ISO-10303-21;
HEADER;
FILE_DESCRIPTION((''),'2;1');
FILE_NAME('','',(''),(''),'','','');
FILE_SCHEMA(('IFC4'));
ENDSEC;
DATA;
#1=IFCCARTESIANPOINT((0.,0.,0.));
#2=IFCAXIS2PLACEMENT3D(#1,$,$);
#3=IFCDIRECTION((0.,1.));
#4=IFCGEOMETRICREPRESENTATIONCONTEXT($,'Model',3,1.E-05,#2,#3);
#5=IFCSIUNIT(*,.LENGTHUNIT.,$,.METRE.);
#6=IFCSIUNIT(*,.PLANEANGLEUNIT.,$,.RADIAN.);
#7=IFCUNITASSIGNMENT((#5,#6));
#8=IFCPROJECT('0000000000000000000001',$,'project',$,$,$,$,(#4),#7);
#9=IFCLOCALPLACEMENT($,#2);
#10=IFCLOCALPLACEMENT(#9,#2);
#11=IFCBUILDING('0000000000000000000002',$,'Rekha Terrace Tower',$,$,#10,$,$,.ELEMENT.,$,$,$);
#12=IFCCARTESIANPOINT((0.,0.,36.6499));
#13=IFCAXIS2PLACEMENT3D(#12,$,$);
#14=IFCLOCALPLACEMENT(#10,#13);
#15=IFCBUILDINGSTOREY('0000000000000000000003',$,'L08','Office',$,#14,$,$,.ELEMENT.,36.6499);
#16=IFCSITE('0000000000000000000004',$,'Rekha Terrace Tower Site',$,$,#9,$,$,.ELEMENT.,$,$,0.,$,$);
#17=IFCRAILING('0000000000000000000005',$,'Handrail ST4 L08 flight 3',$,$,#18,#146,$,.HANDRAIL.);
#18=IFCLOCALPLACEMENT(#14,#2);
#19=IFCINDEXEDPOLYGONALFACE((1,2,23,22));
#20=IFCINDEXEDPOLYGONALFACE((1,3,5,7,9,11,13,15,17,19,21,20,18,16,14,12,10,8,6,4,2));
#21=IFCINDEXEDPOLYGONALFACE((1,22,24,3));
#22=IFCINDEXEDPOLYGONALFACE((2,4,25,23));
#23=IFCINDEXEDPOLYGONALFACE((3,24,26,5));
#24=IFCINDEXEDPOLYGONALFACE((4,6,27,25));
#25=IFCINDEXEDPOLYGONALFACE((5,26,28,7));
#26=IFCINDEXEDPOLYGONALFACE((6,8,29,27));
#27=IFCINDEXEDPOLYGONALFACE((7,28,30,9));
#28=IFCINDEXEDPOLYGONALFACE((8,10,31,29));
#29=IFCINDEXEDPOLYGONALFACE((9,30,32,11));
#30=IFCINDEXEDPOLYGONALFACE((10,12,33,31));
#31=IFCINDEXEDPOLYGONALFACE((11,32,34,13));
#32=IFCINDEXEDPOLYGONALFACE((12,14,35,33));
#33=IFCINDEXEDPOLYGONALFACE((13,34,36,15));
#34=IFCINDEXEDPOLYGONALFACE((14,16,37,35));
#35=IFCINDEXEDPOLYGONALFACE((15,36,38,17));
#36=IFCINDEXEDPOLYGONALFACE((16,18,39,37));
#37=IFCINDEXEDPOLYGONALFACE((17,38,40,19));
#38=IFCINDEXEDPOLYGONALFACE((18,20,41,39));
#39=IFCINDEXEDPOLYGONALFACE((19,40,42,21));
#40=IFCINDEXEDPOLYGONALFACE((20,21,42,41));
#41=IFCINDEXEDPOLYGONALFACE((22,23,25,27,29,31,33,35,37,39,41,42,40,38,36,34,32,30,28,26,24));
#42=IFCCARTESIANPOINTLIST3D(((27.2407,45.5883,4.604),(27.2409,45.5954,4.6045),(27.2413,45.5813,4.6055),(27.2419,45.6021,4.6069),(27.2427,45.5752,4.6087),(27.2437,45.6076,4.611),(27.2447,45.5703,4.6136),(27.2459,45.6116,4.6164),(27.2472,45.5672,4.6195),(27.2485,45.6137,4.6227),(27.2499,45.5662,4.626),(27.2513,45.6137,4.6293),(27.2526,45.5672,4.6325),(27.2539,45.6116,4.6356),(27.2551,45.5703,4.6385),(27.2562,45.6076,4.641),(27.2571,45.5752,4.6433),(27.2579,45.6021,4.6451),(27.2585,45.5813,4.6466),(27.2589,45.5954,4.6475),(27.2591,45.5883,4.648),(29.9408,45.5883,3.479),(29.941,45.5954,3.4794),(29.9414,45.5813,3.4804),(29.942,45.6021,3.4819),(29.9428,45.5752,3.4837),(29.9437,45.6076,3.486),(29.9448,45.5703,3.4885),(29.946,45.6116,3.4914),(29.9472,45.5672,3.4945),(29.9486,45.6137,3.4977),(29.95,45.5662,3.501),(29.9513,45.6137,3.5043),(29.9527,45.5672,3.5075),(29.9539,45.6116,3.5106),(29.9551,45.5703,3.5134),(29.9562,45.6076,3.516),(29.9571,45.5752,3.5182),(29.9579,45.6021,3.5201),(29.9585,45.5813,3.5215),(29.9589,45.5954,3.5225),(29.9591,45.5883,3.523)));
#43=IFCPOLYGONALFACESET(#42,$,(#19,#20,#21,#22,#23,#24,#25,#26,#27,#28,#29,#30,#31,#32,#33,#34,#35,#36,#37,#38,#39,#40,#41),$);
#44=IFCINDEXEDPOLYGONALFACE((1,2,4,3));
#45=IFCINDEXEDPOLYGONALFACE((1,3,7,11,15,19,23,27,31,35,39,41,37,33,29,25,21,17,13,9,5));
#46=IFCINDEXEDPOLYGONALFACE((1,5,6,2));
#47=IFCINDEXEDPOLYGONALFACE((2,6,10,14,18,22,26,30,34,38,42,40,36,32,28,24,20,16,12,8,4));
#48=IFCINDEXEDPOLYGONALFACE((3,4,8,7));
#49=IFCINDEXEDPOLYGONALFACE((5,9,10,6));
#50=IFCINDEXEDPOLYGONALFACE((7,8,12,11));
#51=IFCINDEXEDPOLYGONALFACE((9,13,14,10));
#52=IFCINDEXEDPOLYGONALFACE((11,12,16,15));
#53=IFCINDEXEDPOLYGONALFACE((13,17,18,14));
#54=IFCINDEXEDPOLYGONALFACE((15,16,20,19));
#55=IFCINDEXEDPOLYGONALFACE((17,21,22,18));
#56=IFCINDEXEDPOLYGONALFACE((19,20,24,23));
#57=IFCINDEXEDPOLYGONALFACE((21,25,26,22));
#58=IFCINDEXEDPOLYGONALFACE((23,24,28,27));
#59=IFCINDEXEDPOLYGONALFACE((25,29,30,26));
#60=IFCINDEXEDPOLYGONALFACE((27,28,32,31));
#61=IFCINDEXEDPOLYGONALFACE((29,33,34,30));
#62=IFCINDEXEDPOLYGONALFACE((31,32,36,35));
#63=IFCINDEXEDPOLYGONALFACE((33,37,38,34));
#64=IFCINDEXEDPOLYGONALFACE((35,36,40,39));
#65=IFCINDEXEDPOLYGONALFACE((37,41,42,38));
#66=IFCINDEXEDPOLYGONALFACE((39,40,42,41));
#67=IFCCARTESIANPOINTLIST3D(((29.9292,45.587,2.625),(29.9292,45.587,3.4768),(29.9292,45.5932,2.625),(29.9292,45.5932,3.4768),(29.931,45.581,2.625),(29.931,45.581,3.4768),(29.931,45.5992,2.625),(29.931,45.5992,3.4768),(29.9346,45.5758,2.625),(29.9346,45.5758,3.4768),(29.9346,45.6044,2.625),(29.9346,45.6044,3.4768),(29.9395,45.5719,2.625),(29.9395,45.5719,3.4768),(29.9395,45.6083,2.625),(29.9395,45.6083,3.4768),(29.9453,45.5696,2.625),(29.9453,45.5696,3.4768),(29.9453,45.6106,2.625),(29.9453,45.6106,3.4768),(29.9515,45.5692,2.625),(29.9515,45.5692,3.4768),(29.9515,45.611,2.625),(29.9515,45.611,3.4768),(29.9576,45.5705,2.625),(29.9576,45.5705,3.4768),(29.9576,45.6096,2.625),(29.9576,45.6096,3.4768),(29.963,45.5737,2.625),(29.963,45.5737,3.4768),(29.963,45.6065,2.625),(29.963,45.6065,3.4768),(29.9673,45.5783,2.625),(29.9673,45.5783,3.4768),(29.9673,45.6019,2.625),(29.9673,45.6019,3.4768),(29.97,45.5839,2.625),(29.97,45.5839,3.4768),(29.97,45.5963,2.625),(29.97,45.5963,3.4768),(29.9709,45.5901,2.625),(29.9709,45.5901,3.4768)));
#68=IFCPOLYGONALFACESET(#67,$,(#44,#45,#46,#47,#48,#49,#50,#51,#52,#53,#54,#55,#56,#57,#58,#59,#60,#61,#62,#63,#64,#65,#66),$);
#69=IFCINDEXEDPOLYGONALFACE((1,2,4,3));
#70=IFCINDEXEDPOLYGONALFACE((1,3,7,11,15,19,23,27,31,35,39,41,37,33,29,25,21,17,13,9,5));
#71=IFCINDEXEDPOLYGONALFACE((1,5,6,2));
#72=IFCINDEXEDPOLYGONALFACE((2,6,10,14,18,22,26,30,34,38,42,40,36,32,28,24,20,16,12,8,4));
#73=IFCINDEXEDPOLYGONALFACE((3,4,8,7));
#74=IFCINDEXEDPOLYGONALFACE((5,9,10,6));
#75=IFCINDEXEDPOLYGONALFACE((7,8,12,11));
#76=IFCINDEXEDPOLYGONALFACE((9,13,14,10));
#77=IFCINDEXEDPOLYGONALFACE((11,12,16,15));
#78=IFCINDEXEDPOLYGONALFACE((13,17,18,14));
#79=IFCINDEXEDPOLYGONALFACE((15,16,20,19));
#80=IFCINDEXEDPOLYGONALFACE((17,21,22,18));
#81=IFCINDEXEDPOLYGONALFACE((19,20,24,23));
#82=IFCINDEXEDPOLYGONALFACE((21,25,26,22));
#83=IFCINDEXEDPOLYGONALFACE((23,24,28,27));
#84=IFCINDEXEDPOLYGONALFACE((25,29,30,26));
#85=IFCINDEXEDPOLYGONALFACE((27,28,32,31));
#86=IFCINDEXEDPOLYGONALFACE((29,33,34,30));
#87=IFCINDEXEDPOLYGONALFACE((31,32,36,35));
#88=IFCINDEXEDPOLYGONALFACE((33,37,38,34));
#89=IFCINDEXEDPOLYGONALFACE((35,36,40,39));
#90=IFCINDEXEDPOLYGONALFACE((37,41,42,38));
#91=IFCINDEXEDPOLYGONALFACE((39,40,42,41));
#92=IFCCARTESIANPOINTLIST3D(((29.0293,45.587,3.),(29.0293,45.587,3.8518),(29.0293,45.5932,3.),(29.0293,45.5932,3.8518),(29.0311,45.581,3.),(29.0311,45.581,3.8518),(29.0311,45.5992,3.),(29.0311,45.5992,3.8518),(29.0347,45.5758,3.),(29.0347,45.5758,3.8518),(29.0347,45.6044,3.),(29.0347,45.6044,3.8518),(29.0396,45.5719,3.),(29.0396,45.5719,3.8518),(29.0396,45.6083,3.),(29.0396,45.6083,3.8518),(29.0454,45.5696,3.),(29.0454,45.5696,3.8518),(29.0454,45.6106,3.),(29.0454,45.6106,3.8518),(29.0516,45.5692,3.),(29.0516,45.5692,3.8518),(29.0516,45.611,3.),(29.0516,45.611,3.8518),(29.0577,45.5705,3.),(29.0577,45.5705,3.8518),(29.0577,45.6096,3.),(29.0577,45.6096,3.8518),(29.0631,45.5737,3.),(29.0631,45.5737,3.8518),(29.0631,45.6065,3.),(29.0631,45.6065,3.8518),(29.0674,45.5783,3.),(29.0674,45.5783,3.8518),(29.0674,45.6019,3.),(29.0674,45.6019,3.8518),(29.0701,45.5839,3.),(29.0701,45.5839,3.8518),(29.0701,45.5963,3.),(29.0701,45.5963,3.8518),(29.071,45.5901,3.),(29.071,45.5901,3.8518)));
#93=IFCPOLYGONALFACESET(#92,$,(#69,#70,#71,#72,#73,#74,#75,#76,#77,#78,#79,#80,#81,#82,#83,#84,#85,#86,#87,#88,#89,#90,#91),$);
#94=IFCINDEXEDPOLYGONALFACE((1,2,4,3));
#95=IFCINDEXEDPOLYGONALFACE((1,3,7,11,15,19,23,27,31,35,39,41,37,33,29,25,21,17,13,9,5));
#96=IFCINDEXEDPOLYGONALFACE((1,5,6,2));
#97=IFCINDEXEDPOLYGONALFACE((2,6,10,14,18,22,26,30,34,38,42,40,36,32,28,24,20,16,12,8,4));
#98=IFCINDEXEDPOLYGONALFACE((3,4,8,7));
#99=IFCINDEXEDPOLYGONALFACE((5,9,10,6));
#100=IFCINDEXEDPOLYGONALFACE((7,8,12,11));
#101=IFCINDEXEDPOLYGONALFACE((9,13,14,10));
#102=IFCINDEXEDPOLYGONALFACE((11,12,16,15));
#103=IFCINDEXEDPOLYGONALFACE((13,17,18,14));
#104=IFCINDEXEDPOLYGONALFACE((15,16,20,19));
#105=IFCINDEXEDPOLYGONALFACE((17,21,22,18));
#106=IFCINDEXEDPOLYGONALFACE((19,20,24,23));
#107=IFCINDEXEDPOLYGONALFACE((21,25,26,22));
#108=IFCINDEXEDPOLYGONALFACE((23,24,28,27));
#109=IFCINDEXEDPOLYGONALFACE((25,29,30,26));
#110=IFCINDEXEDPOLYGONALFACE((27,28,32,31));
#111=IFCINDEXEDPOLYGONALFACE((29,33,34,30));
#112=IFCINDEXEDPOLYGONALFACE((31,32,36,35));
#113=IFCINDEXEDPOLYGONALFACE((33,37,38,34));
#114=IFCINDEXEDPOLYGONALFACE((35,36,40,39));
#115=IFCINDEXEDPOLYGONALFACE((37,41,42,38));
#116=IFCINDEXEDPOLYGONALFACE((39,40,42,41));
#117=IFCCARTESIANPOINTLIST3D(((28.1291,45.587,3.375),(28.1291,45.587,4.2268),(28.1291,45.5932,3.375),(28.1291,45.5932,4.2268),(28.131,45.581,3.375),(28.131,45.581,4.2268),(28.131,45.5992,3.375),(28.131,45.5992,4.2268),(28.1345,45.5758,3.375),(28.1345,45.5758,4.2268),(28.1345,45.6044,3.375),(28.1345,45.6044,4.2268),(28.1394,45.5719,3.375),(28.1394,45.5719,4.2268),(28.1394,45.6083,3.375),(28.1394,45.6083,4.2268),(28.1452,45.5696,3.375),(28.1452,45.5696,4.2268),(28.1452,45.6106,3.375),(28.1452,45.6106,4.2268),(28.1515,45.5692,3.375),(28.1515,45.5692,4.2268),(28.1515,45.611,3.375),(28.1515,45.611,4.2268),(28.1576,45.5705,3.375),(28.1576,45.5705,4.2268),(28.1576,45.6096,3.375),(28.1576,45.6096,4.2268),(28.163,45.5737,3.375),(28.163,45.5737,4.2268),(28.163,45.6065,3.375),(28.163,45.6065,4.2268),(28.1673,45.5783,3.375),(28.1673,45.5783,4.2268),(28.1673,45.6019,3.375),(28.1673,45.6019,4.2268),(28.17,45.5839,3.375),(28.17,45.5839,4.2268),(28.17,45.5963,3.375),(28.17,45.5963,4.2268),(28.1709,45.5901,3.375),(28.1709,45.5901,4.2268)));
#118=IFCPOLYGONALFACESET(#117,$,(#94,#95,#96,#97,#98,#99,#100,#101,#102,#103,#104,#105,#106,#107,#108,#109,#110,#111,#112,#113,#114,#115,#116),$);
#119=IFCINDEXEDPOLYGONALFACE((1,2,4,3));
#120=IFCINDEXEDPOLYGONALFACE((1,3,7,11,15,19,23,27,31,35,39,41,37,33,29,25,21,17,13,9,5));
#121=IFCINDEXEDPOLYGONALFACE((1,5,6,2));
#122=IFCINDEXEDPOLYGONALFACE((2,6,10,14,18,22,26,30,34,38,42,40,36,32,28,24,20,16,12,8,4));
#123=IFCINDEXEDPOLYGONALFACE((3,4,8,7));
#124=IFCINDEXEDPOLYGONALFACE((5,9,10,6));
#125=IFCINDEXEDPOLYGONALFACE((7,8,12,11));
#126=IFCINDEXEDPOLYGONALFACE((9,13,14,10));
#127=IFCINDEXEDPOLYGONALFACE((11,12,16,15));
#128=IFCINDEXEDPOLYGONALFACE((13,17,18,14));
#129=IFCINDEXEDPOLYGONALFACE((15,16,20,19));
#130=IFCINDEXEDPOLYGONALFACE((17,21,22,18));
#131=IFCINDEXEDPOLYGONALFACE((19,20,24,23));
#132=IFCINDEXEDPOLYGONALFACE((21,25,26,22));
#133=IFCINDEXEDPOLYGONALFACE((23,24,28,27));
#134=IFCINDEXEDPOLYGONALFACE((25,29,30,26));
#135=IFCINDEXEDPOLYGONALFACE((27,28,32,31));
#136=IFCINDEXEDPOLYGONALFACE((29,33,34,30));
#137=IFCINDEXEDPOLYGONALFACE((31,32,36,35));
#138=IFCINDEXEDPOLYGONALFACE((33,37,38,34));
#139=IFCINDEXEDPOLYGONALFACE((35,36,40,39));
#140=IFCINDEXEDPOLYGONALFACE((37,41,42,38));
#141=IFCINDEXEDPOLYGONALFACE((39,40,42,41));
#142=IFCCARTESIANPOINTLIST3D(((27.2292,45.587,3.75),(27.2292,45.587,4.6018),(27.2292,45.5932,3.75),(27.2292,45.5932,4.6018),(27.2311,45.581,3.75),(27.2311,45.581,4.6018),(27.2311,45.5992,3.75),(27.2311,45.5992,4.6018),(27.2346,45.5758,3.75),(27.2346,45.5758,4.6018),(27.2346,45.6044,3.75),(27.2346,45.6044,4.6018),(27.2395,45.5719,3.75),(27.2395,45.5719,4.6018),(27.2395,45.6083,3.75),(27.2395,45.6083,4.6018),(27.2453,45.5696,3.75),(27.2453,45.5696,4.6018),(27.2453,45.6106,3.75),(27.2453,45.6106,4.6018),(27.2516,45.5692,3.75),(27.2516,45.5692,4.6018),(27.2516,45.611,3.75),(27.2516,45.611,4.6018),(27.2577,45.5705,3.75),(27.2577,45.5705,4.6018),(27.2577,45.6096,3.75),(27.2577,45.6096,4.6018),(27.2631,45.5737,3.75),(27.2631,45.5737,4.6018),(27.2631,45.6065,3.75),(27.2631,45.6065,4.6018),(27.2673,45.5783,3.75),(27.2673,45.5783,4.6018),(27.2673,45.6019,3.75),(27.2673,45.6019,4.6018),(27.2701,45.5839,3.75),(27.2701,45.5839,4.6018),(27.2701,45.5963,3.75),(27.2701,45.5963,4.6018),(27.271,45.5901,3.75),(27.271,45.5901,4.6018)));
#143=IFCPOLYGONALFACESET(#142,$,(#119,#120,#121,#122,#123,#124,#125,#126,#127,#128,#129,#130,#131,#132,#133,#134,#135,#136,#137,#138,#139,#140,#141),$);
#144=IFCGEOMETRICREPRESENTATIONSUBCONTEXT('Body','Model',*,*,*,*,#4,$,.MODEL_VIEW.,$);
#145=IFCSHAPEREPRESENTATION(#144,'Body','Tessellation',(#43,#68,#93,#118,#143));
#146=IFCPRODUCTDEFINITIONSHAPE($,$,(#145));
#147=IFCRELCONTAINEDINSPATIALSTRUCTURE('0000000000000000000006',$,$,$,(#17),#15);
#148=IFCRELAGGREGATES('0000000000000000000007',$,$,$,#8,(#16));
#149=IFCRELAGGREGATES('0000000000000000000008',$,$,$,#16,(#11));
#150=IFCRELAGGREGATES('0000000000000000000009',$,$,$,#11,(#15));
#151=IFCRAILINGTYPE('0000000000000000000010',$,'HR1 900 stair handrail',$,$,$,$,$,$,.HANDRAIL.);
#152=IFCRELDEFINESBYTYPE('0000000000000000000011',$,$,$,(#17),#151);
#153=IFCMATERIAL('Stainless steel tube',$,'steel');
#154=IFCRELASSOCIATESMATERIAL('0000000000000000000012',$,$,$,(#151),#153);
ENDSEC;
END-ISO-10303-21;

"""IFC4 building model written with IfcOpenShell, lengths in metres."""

from ifc_helpers import new_model, si_unit, direction, frame, origin, origin_2d, place, context, subcontext, project, spatial, circle, extrude, material, type_object, element, save


model = new_model("IFC4")

# Units and contexts
model_context = context("Model", 3, precision=1e-05, world=origin(), true_north=direction((0.0, 1.0)))
body_context = subcontext(model_context, "Body", "Model", "MODEL_VIEW")
ifc_project = project(units=[si_unit("LENGTHUNIT", "METRE"), si_unit("PLANEANGLEUNIT", "RADIAN")], contexts=[model_context])

# Site, building, storey
site_placement = place(None, origin())
site = spatial("IfcSite", under=ifc_project, at=site_placement, Name="Rekha Terrace Tower Site", CompositionType="ELEMENT", RefElevation=0.0)
building_placement = place(site_placement, origin())
building = spatial("IfcBuilding", under=site, at=building_placement, Name="Rekha Terrace Tower", CompositionType="ELEMENT")
storey_placement = place(building_placement, frame((0.0, 0.0, 36.6499)))
storey = spatial("IfcBuildingStorey", under=building, at=storey_placement, Name="L08", Description="Office", CompositionType="ELEMENT", Elevation=36.6499)

# Railing
ifc_material_1 = material(Name="Stainless steel tube", Category="steel")
railing_type_1 = type_object("IfcRailingType", Name="HR1 900 stair handrail", PredefinedType="HANDRAIL", material=ifc_material_1)
railing_1_placement = place(storey_placement, frame((29.95, 45.5901, 2.625)))
element("IfcRailing", 1, at=railing_1_placement, inside=storey, type_object=railing_type_1, Name="Handrail ST4 L08 flight 3", PredefinedType="HANDRAIL", context=body_context, shape_type="SweptSolid", body=[
    extrude(circle(Radius=0.0239, at=origin_2d()), frame((0.0, 0.0, 0.876), z_axis=(-0.923074, 0.0, 0.384621), x_axis=(0.0, -1.0, 0.0)), (0.0, 0.0, 1.0), 2.925),
    extrude(circle(Radius=0.021, at=origin_2d()), origin(), (0.0, 0.0, 1.0), 0.8518),
    extrude(circle(Radius=0.021, at=origin_2d()), frame((-0.8999, 0.0, 0.375)), (0.0, 0.0, 1.0), 0.8518),
    extrude(circle(Radius=0.021, at=origin_2d()), frame((-1.8, 0.0, 0.75)), (0.0, 0.0, 1.0), 0.8518),
    extrude(circle(Radius=0.021, at=origin_2d()), frame((-2.7, 0.0, 1.125)), (0.0, 0.0, 1.0), 0.8518),
])

save(model, "model.ifc")
